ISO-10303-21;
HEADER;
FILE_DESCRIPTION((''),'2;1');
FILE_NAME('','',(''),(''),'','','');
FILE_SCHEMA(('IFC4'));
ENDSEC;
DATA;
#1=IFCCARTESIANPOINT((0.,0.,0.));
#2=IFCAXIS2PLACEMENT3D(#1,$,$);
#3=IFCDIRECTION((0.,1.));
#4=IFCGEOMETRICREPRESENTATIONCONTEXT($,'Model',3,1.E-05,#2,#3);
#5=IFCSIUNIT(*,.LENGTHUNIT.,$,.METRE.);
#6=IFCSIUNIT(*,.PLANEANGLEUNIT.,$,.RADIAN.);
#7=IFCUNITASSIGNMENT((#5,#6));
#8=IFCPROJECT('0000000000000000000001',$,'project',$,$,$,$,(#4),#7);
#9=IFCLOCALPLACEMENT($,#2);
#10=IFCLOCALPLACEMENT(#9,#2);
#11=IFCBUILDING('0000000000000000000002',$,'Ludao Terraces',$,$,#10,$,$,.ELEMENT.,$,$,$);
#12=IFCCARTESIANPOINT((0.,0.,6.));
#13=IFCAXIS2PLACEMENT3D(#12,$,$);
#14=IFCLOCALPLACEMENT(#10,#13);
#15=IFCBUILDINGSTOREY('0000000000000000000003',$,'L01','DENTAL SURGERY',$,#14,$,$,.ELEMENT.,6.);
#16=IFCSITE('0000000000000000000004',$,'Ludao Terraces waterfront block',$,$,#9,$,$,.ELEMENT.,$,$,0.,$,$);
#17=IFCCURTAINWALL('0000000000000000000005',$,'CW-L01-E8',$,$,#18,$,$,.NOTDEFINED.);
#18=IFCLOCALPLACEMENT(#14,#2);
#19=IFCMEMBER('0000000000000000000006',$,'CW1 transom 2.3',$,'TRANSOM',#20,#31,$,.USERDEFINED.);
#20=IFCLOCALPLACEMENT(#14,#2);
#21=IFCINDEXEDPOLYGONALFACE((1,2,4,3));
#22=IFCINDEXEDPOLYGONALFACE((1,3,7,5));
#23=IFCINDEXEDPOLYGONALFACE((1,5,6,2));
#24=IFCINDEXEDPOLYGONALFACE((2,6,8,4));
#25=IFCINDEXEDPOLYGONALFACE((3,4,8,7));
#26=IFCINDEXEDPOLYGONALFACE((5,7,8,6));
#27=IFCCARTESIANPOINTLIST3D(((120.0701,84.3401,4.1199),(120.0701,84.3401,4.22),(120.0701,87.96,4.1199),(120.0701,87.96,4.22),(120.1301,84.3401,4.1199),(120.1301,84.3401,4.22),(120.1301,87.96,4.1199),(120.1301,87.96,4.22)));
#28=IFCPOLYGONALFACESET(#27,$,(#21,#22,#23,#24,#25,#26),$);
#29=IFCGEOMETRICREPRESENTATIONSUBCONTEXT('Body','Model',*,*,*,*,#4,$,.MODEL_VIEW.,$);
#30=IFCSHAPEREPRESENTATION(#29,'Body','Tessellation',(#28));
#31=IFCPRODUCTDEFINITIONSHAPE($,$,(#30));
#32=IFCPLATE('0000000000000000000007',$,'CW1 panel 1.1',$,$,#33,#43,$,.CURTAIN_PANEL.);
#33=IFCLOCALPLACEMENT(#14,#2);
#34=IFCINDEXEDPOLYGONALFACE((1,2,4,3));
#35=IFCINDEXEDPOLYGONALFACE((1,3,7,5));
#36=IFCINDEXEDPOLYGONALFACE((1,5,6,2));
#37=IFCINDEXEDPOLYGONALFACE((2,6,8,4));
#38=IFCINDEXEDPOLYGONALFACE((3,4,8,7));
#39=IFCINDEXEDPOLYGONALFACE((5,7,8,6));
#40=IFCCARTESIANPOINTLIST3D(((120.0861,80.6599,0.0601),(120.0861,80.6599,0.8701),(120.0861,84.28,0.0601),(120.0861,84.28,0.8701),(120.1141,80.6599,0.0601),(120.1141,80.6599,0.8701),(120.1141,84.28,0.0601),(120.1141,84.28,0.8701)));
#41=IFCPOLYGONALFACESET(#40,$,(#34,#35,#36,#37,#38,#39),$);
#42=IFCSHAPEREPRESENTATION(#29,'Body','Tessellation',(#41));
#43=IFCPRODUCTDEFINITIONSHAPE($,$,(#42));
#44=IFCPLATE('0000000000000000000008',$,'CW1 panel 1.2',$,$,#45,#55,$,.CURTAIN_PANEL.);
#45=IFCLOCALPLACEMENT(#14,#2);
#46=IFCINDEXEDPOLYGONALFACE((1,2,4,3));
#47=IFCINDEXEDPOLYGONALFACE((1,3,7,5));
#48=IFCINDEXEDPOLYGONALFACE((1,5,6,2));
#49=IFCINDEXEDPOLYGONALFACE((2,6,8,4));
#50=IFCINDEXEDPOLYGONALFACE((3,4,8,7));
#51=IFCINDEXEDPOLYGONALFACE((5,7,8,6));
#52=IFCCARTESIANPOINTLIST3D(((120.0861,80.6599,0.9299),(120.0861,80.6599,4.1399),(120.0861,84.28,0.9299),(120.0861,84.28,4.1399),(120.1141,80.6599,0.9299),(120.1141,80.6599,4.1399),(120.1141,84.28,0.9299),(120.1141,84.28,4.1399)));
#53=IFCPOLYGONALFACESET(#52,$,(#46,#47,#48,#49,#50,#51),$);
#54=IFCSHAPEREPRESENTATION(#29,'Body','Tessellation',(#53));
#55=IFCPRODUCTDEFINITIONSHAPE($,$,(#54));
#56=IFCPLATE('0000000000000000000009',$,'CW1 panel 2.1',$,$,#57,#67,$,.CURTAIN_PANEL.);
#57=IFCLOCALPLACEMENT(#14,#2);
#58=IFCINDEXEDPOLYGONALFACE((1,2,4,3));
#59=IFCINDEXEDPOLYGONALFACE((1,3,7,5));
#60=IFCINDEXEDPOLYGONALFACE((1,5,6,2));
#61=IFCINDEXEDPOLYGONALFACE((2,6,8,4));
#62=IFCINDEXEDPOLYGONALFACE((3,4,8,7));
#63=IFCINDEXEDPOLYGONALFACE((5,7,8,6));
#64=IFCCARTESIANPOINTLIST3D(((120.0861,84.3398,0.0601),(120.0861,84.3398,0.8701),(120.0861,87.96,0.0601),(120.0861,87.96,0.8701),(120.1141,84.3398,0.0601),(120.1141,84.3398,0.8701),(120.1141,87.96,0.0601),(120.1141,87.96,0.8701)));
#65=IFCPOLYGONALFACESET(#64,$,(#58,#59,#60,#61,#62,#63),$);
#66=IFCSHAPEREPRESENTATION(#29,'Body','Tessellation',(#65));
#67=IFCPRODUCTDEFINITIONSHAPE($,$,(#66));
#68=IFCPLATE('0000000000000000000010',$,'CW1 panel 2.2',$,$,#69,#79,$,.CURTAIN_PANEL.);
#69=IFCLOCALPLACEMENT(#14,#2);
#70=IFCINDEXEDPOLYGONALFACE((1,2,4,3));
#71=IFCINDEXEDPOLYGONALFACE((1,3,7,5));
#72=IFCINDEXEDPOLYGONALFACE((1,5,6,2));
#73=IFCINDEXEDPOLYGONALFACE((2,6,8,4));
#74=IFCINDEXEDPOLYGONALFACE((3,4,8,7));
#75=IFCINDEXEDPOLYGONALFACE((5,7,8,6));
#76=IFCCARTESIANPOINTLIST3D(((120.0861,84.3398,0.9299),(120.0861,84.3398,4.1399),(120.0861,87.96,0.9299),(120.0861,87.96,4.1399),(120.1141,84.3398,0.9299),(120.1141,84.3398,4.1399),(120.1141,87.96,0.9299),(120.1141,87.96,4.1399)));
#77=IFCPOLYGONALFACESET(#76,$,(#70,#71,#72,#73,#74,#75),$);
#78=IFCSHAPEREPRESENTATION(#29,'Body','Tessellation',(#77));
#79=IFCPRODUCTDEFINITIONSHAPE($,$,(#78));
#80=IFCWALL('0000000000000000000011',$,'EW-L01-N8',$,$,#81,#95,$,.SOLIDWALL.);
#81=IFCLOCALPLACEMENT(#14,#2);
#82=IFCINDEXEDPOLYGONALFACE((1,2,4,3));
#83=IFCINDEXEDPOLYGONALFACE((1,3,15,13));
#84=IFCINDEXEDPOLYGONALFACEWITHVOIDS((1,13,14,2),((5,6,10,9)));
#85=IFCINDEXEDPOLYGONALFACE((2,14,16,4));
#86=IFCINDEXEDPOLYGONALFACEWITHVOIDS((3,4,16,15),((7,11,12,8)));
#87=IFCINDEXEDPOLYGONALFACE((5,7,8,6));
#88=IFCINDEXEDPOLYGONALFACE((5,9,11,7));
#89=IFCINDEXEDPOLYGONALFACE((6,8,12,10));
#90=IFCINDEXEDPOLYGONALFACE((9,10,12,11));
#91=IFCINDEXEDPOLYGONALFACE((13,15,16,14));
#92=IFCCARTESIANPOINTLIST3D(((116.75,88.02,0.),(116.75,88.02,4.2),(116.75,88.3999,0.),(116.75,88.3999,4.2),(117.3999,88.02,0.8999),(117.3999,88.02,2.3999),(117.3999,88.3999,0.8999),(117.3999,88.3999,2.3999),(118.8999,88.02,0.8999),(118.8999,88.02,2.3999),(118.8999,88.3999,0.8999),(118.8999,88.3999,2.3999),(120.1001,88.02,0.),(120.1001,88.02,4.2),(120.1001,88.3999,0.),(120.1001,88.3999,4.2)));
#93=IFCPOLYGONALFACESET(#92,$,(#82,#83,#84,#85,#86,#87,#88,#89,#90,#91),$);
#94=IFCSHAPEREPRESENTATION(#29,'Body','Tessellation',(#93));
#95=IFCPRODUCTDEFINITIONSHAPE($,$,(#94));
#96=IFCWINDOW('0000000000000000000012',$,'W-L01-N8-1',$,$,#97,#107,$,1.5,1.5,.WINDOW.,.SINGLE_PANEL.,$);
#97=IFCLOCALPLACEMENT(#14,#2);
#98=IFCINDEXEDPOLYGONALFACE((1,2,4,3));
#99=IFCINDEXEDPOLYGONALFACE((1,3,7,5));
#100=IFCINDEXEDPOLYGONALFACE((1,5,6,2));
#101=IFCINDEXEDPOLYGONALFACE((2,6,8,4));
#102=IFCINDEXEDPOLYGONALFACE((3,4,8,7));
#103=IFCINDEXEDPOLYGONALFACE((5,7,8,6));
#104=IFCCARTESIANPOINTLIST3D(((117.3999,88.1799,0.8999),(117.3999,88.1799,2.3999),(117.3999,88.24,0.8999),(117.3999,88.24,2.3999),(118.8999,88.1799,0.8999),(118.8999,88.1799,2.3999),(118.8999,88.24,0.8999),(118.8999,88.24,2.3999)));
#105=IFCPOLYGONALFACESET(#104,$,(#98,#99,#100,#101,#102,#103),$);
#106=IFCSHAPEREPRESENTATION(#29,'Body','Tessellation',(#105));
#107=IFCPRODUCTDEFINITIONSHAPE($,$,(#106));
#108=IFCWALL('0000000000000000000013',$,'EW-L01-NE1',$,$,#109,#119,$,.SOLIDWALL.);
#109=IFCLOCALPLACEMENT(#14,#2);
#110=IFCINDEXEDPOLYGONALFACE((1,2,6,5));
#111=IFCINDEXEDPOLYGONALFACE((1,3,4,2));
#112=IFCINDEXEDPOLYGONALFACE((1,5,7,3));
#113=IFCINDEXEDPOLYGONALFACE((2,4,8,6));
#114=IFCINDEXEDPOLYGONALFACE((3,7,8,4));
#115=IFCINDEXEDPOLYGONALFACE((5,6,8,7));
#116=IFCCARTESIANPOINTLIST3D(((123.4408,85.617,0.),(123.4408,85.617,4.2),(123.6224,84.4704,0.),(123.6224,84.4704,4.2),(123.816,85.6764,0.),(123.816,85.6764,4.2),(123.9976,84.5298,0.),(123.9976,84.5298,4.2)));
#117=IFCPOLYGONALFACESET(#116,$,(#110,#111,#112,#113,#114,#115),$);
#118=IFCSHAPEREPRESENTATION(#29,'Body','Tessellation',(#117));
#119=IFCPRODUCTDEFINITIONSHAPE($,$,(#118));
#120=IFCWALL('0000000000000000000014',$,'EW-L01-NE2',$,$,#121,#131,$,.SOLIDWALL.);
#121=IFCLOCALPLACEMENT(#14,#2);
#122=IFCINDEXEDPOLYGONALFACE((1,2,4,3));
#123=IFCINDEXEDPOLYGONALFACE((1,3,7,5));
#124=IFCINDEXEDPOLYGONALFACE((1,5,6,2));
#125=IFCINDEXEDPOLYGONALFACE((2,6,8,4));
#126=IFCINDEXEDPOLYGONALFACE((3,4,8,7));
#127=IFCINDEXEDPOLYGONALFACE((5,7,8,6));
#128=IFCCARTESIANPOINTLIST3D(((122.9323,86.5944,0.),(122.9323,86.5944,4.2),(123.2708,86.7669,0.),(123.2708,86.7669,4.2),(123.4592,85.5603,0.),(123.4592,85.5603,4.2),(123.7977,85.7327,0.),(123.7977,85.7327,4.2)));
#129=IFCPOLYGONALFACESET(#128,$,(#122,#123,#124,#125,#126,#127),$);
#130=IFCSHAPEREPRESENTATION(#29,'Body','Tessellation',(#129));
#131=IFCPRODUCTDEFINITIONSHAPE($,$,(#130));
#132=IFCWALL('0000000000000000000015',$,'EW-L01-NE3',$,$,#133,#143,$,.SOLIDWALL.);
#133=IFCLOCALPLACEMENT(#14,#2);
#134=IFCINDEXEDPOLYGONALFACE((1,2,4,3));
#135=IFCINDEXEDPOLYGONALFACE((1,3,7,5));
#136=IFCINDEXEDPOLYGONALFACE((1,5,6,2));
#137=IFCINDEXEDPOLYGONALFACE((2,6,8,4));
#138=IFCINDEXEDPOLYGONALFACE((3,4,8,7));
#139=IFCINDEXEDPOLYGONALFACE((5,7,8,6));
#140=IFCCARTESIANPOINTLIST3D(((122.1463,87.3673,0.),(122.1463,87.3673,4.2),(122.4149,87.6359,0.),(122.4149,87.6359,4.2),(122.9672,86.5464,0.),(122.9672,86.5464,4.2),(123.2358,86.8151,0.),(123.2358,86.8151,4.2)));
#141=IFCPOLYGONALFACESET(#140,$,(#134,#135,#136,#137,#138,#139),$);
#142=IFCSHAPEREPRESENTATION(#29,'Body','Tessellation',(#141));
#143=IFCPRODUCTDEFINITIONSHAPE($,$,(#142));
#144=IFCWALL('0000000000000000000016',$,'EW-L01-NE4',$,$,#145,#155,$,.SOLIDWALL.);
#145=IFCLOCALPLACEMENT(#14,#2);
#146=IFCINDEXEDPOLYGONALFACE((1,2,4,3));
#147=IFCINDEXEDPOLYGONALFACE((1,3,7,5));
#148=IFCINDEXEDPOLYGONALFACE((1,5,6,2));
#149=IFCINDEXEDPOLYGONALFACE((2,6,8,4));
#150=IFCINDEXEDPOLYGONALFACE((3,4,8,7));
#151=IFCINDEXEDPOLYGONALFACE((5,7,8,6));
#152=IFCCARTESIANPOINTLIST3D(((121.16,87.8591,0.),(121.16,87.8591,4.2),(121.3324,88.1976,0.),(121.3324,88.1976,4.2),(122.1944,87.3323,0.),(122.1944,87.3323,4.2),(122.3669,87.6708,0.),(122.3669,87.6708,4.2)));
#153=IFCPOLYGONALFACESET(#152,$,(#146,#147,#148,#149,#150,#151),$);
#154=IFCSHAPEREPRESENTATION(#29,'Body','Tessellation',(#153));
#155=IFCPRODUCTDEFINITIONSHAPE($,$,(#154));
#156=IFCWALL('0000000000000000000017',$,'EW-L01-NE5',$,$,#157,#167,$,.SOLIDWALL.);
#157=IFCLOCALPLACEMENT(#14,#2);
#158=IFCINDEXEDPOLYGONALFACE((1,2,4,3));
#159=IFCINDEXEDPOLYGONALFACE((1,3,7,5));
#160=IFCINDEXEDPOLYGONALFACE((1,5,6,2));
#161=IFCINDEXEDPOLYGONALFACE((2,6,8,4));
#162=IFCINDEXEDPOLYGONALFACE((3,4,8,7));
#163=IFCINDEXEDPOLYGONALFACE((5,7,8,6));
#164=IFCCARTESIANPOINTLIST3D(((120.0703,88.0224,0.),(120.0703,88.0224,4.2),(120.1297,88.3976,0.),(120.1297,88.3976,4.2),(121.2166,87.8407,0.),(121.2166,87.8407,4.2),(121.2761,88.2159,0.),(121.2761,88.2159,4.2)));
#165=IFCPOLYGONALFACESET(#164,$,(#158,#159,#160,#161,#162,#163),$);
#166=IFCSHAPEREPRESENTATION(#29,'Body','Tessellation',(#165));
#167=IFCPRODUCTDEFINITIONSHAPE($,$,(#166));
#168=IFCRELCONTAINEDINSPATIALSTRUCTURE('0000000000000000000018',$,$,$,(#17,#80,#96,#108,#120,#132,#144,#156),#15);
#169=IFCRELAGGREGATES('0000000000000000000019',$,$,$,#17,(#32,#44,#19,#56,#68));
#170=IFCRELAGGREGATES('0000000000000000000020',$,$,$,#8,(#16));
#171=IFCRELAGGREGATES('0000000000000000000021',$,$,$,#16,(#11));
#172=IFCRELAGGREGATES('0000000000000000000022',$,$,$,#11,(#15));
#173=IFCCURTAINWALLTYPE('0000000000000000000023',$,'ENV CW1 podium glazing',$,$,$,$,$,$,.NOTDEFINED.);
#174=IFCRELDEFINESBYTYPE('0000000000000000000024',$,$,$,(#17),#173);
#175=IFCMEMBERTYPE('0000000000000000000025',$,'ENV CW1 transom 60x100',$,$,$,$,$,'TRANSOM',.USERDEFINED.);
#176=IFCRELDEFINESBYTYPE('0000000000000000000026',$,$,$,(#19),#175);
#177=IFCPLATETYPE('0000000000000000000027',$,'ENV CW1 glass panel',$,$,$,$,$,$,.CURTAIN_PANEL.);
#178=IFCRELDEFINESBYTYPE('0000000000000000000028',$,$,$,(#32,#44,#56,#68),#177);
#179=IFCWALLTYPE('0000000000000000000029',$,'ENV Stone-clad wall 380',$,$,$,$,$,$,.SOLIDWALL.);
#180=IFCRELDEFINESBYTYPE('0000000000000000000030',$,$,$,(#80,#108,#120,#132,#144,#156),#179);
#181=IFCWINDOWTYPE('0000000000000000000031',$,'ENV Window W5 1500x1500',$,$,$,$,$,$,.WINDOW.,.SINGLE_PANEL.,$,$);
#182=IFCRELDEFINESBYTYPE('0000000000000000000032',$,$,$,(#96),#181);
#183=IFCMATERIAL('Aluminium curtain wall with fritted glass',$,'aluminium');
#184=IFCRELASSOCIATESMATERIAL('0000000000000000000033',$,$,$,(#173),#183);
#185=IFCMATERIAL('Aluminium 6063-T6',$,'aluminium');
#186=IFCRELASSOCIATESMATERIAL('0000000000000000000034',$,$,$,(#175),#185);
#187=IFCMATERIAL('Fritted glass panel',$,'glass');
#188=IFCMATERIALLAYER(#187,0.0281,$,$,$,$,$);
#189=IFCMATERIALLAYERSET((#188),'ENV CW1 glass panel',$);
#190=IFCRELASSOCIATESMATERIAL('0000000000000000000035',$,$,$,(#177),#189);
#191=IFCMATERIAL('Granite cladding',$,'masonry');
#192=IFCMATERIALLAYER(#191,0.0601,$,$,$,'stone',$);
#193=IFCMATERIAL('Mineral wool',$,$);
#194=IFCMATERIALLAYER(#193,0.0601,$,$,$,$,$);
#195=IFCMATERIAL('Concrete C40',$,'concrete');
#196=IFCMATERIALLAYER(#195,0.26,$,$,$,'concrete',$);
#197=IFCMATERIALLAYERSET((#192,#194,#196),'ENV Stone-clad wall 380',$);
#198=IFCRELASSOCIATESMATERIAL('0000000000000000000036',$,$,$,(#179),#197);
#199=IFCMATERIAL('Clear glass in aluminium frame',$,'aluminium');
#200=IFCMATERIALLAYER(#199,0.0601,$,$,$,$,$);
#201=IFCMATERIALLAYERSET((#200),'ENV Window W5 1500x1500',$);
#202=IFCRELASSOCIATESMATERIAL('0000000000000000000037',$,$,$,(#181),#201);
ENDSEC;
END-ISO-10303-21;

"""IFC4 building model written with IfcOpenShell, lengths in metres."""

from ifc_helpers import new_model, si_unit, direction, frame, frame_2d, origin, origin_2d, place, context, subcontext, project, spatial, rectangle, extrude, material, layer, layer_set, material_profile, profile_set, type_object, element, fill, aggregate, save


model = new_model("IFC4")

# Units and contexts
model_context = context("Model", 3, precision=1e-05, world=origin(), true_north=direction((0.0, 1.0)))
body_context = subcontext(model_context, "Body", "Model", "MODEL_VIEW")
ifc_project = project(units=[si_unit("LENGTHUNIT", "METRE"), si_unit("PLANEANGLEUNIT", "RADIAN")], contexts=[model_context])

# Site, building, storey
site_placement = place(None, origin())
site = spatial("IfcSite", under=ifc_project, at=site_placement, Name="Ludao Terraces waterfront block", CompositionType="ELEMENT", RefElevation=0.0)
building_placement = place(site_placement, origin())
building = spatial("IfcBuilding", under=site, at=building_placement, Name="Ludao Terraces", CompositionType="ELEMENT")
storey_placement = place(building_placement, frame((0.0, 0.0, 6.0)))
storey = spatial("IfcBuildingStorey", under=building, at=storey_placement, Name="L01", Description="DENTAL SURGERY", CompositionType="ELEMENT", Elevation=6.0)

# Curtain wall, member, plates
ifc_material_1 = material(Name="Aluminium curtain wall with fritted glass", Category="aluminium")
curtain_wall_type = type_object("IfcCurtainWallType", Name="ENV CW1 podium glazing", PredefinedType="NOTDEFINED", material=ifc_material_1)
curtain_wall_placement = place(storey_placement, origin())
curtain_wall = element("IfcCurtainWall", 1, at=curtain_wall_placement, inside=storey, type_object=curtain_wall_type, Name="CW-L01-E8", PredefinedType="NOTDEFINED")
ifc_material_2 = material(Name="Aluminium 6063-T6", Category="aluminium")
ifc_material_profile_1 = material_profile(ifc_material_2, rectangle(XDim=0.0601, YDim=0.1001, at=origin_2d()), Name="60 X 100")
ifc_profile_set_1 = profile_set([ifc_material_profile_1], Name="Aluminium 6063-T6")
member_type_1 = type_object("IfcMemberType", Name="ENV CW1 transom 60x100", ElementType="TRANSOM", PredefinedType="USERDEFINED", material=ifc_profile_set_1)
member_1_placement = place(storey_placement, frame((120.1001, 84.3401, 4.1699), z_axis=(0.0, 1.0, 0.0), x_axis=(-1.0, 0.0, 0.0)))
member_1 = element("IfcMember", 2, at=member_1_placement, type_object=member_type_1, Name="CW1 transom 2.3", ObjectType="TRANSOM", PredefinedType="USERDEFINED", context=body_context, shape_type="SweptSolid", body=[
    extrude(rectangle(XDim=0.0601, YDim=0.1001, at=origin_2d()), origin(), (0.0, 0.0, 1.0), 3.6199),
])
ifc_material_3 = material(Name="Fritted glass panel", Category="glass")
ifc_layer_1 = layer(ifc_material_3, 0.0281)
ifc_layer_set_1 = layer_set([ifc_layer_1], Name="ENV CW1 glass panel")
plate_type = type_object("IfcPlateType", Name="ENV CW1 glass panel", PredefinedType="CURTAIN_PANEL", material=ifc_layer_set_1)
plate_1_placement = place(storey_placement, frame((120.1001, 82.47, 0.0601), z_axis=(0.0, 0.0, 1.0), x_axis=(0.0, 1.0, 0.0)))
plate_1 = element("IfcPlate", 3, at=plate_1_placement, type_object=plate_type, Name="CW1 panel 1.1", PredefinedType="CURTAIN_PANEL", context=body_context, shape_type="SweptSolid", body=[
    extrude(rectangle(XDim=3.6201, YDim=0.0281, at=origin_2d()), origin(), (0.0, 0.0, 1.0), 0.8101),
])
plate_2_placement = place(storey_placement, frame((120.1001, 82.47, 0.9299), z_axis=(0.0, 0.0, 1.0), x_axis=(0.0, 1.0, 0.0)))
plate_2 = element("IfcPlate", 4, at=plate_2_placement, type_object=plate_type, Name="CW1 panel 1.2", PredefinedType="CURTAIN_PANEL", context=body_context, shape_type="SweptSolid", body=[
    extrude(rectangle(XDim=3.6201, YDim=0.0281, at=origin_2d()), origin(), (0.0, 0.0, 1.0), 3.21),
])
plate_3_placement = place(storey_placement, frame((120.1001, 86.1499, 0.0601), z_axis=(0.0, 0.0, 1.0), x_axis=(0.0, 1.0, 0.0)))
plate_3 = element("IfcPlate", 5, at=plate_3_placement, type_object=plate_type, Name="CW1 panel 2.1", PredefinedType="CURTAIN_PANEL", context=body_context, shape_type="SweptSolid", body=[
    extrude(rectangle(XDim=3.6201, YDim=0.0281, at=origin_2d()), origin(), (0.0, 0.0, 1.0), 0.8101),
])
plate_4_placement = place(storey_placement, frame((120.1001, 86.1499, 0.9299), z_axis=(0.0, 0.0, 1.0), x_axis=(0.0, 1.0, 0.0)))
plate_4 = element("IfcPlate", 6, at=plate_4_placement, type_object=plate_type, Name="CW1 panel 2.2", PredefinedType="CURTAIN_PANEL", context=body_context, shape_type="SweptSolid", body=[
    extrude(rectangle(XDim=3.6201, YDim=0.0281, at=origin_2d()), origin(), (0.0, 0.0, 1.0), 3.21),
])
aggregate(curtain_wall, [plate_1, plate_2, member_1, plate_3, plate_4])

# Wall, opening, window
ifc_material_4 = material(Name="Granite cladding", Category="masonry")
ifc_layer_2 = layer(ifc_material_4, 0.0601, Category="stone")
ifc_material_5 = material(Name="Mineral wool")
ifc_layer_3 = layer(ifc_material_5, 0.0601)
ifc_material_6 = material(Name="Concrete C40", Category="concrete")
ifc_layer_4 = layer(ifc_material_6, 0.26, Category="concrete")
ifc_layer_set_2 = layer_set([ifc_layer_2, ifc_layer_3, ifc_layer_4], Name="ENV Stone-clad wall 380")
wall_type = type_object("IfcWallType", Name="ENV Stone-clad wall 380", PredefinedType="SOLIDWALL", material=ifc_layer_set_2)
wall_1_placement = place(storey_placement, frame((116.75, 88.21, 0.0), z_axis=(0.0, 0.0, 1.0), x_axis=(1.0, 0.0, 0.0)))
wall_1 = element("IfcWall", 7, at=wall_1_placement, inside=storey, type_object=wall_type, Name="EW-L01-N8", PredefinedType="SOLIDWALL", context=body_context, shape_type="SweptSolid", body=[
    extrude(rectangle(XDim=3.3501, YDim=0.3799, at=frame_2d((1.675, 0.0))), origin(), (0.0, 0.0, 1.0), 4.2),
])
opening_placement = place(wall_1_placement, frame((0.6499, 0.0, 0.8999)))
opening = element("IfcOpeningElement", 8, at=opening_placement, cuts=wall_1, PredefinedType="OPENING", context=body_context, shape_type="SweptSolid", body=[
    extrude(rectangle(XDim=1.5, YDim=1.5, at=frame_2d((0.75, 0.75))), frame((0.0, 0.2, 0.0), z_axis=(0.0, -1.0, 0.0), x_axis=(1.0, 0.0, 0.0)), (0.0, 0.0, 1.0), 0.3999),
])
ifc_material_7 = material(Name="Clear glass in aluminium frame", Category="aluminium")
ifc_layer_5 = layer(ifc_material_7, 0.0601)
ifc_layer_set_3 = layer_set([ifc_layer_5], Name="ENV Window W5 1500x1500")
window_type = type_object("IfcWindowType", Name="ENV Window W5 1500x1500", PartitioningType="SINGLE_PANEL", PredefinedType="WINDOW", material=ifc_layer_set_3)
window_placement = place(opening_placement, origin())
window = element("IfcWindow", 9, at=window_placement, inside=storey, type_object=window_type, Name="W-L01-N8-1", OverallHeight=1.5, OverallWidth=1.5, PartitioningType="SINGLE_PANEL", PredefinedType="WINDOW", context=body_context, shape_type="SweptSolid", body=[
    extrude(rectangle(XDim=1.5, YDim=1.5, at=frame_2d((0.75, 0.75))), frame((0.0, 0.03, 0.0), z_axis=(0.0, -1.0, 0.0), x_axis=(1.0, 0.0, 0.0)), (0.0, 0.0, 1.0), 0.0601),
])
fill(opening, window)

# Walls
wall_2_placement = place(storey_placement, frame((123.8101, 84.5, 0.0), z_axis=(0.0, 0.0, 1.0), x_axis=(-0.156481, 0.987681, 0.0)))
element("IfcWall", 10, at=wall_2_placement, inside=storey, type_object=wall_type, Name="EW-L01-NE1", PredefinedType="SOLIDWALL", context=body_context, shape_type="SweptSolid", body=[
    extrude(rectangle(XDim=1.1609, YDim=0.3799, at=frame_2d((0.5806, 0.0))), origin(), (0.0, 0.0, 1.0), 4.2),
])
wall_3_placement = place(storey_placement, frame((123.6284, 85.6465, 0.0), z_axis=(0.0, 0.0, 1.0), x_axis=(-0.453932, 0.891036, 0.0)))
element("IfcWall", 11, at=wall_3_placement, inside=storey, type_object=wall_type, Name="EW-L01-NE2", PredefinedType="SOLIDWALL", context=body_context, shape_type="SweptSolid", body=[
    extrude(rectangle(XDim=1.1606, YDim=0.3799, at=frame_2d((0.5803, 0.0))), origin(), (0.0, 0.0, 1.0), 4.2),
])
for number, where, z_axis, x_axis, name in (
    (12, (123.1016, 86.6807, 0.0), (0.0, 0.0, 1.0), (-0.707107, 0.707107, 0.0), "EW-L01-NE3"),
    (13, (122.2808, 87.5015, 0.0), (0.0, 0.0, 1.0), (-0.89108, 0.453847, 0.0), "EW-L01-NE4"),
):
    element("IfcWall", number, at=place(storey_placement, frame(where, z_axis=z_axis, x_axis=x_axis)), inside=storey, type_object=wall_type, Name=name, PredefinedType="SOLIDWALL", context=body_context, shape_type="SweptSolid", body=[
        extrude(rectangle(XDim=1.1609, YDim=0.3799, at=frame_2d((0.5806, 0.0))), origin(), (0.0, 0.0, 1.0), 4.2),
    ])
wall_4_placement = place(storey_placement, frame((121.2463, 88.0283, 0.0), z_axis=(0.0, 0.0, 1.0), x_axis=(-0.987676, 0.156513, 0.0)))
element("IfcWall", 14, at=wall_4_placement, inside=storey, type_object=wall_type, Name="EW-L01-NE5", PredefinedType="SOLIDWALL", context=body_context, shape_type="SweptSolid", body=[
    extrude(rectangle(XDim=1.1606, YDim=0.3799, at=frame_2d((0.5803, 0.0))), origin(), (0.0, 0.0, 1.0), 4.2),
])

save(model, "model.ifc")
